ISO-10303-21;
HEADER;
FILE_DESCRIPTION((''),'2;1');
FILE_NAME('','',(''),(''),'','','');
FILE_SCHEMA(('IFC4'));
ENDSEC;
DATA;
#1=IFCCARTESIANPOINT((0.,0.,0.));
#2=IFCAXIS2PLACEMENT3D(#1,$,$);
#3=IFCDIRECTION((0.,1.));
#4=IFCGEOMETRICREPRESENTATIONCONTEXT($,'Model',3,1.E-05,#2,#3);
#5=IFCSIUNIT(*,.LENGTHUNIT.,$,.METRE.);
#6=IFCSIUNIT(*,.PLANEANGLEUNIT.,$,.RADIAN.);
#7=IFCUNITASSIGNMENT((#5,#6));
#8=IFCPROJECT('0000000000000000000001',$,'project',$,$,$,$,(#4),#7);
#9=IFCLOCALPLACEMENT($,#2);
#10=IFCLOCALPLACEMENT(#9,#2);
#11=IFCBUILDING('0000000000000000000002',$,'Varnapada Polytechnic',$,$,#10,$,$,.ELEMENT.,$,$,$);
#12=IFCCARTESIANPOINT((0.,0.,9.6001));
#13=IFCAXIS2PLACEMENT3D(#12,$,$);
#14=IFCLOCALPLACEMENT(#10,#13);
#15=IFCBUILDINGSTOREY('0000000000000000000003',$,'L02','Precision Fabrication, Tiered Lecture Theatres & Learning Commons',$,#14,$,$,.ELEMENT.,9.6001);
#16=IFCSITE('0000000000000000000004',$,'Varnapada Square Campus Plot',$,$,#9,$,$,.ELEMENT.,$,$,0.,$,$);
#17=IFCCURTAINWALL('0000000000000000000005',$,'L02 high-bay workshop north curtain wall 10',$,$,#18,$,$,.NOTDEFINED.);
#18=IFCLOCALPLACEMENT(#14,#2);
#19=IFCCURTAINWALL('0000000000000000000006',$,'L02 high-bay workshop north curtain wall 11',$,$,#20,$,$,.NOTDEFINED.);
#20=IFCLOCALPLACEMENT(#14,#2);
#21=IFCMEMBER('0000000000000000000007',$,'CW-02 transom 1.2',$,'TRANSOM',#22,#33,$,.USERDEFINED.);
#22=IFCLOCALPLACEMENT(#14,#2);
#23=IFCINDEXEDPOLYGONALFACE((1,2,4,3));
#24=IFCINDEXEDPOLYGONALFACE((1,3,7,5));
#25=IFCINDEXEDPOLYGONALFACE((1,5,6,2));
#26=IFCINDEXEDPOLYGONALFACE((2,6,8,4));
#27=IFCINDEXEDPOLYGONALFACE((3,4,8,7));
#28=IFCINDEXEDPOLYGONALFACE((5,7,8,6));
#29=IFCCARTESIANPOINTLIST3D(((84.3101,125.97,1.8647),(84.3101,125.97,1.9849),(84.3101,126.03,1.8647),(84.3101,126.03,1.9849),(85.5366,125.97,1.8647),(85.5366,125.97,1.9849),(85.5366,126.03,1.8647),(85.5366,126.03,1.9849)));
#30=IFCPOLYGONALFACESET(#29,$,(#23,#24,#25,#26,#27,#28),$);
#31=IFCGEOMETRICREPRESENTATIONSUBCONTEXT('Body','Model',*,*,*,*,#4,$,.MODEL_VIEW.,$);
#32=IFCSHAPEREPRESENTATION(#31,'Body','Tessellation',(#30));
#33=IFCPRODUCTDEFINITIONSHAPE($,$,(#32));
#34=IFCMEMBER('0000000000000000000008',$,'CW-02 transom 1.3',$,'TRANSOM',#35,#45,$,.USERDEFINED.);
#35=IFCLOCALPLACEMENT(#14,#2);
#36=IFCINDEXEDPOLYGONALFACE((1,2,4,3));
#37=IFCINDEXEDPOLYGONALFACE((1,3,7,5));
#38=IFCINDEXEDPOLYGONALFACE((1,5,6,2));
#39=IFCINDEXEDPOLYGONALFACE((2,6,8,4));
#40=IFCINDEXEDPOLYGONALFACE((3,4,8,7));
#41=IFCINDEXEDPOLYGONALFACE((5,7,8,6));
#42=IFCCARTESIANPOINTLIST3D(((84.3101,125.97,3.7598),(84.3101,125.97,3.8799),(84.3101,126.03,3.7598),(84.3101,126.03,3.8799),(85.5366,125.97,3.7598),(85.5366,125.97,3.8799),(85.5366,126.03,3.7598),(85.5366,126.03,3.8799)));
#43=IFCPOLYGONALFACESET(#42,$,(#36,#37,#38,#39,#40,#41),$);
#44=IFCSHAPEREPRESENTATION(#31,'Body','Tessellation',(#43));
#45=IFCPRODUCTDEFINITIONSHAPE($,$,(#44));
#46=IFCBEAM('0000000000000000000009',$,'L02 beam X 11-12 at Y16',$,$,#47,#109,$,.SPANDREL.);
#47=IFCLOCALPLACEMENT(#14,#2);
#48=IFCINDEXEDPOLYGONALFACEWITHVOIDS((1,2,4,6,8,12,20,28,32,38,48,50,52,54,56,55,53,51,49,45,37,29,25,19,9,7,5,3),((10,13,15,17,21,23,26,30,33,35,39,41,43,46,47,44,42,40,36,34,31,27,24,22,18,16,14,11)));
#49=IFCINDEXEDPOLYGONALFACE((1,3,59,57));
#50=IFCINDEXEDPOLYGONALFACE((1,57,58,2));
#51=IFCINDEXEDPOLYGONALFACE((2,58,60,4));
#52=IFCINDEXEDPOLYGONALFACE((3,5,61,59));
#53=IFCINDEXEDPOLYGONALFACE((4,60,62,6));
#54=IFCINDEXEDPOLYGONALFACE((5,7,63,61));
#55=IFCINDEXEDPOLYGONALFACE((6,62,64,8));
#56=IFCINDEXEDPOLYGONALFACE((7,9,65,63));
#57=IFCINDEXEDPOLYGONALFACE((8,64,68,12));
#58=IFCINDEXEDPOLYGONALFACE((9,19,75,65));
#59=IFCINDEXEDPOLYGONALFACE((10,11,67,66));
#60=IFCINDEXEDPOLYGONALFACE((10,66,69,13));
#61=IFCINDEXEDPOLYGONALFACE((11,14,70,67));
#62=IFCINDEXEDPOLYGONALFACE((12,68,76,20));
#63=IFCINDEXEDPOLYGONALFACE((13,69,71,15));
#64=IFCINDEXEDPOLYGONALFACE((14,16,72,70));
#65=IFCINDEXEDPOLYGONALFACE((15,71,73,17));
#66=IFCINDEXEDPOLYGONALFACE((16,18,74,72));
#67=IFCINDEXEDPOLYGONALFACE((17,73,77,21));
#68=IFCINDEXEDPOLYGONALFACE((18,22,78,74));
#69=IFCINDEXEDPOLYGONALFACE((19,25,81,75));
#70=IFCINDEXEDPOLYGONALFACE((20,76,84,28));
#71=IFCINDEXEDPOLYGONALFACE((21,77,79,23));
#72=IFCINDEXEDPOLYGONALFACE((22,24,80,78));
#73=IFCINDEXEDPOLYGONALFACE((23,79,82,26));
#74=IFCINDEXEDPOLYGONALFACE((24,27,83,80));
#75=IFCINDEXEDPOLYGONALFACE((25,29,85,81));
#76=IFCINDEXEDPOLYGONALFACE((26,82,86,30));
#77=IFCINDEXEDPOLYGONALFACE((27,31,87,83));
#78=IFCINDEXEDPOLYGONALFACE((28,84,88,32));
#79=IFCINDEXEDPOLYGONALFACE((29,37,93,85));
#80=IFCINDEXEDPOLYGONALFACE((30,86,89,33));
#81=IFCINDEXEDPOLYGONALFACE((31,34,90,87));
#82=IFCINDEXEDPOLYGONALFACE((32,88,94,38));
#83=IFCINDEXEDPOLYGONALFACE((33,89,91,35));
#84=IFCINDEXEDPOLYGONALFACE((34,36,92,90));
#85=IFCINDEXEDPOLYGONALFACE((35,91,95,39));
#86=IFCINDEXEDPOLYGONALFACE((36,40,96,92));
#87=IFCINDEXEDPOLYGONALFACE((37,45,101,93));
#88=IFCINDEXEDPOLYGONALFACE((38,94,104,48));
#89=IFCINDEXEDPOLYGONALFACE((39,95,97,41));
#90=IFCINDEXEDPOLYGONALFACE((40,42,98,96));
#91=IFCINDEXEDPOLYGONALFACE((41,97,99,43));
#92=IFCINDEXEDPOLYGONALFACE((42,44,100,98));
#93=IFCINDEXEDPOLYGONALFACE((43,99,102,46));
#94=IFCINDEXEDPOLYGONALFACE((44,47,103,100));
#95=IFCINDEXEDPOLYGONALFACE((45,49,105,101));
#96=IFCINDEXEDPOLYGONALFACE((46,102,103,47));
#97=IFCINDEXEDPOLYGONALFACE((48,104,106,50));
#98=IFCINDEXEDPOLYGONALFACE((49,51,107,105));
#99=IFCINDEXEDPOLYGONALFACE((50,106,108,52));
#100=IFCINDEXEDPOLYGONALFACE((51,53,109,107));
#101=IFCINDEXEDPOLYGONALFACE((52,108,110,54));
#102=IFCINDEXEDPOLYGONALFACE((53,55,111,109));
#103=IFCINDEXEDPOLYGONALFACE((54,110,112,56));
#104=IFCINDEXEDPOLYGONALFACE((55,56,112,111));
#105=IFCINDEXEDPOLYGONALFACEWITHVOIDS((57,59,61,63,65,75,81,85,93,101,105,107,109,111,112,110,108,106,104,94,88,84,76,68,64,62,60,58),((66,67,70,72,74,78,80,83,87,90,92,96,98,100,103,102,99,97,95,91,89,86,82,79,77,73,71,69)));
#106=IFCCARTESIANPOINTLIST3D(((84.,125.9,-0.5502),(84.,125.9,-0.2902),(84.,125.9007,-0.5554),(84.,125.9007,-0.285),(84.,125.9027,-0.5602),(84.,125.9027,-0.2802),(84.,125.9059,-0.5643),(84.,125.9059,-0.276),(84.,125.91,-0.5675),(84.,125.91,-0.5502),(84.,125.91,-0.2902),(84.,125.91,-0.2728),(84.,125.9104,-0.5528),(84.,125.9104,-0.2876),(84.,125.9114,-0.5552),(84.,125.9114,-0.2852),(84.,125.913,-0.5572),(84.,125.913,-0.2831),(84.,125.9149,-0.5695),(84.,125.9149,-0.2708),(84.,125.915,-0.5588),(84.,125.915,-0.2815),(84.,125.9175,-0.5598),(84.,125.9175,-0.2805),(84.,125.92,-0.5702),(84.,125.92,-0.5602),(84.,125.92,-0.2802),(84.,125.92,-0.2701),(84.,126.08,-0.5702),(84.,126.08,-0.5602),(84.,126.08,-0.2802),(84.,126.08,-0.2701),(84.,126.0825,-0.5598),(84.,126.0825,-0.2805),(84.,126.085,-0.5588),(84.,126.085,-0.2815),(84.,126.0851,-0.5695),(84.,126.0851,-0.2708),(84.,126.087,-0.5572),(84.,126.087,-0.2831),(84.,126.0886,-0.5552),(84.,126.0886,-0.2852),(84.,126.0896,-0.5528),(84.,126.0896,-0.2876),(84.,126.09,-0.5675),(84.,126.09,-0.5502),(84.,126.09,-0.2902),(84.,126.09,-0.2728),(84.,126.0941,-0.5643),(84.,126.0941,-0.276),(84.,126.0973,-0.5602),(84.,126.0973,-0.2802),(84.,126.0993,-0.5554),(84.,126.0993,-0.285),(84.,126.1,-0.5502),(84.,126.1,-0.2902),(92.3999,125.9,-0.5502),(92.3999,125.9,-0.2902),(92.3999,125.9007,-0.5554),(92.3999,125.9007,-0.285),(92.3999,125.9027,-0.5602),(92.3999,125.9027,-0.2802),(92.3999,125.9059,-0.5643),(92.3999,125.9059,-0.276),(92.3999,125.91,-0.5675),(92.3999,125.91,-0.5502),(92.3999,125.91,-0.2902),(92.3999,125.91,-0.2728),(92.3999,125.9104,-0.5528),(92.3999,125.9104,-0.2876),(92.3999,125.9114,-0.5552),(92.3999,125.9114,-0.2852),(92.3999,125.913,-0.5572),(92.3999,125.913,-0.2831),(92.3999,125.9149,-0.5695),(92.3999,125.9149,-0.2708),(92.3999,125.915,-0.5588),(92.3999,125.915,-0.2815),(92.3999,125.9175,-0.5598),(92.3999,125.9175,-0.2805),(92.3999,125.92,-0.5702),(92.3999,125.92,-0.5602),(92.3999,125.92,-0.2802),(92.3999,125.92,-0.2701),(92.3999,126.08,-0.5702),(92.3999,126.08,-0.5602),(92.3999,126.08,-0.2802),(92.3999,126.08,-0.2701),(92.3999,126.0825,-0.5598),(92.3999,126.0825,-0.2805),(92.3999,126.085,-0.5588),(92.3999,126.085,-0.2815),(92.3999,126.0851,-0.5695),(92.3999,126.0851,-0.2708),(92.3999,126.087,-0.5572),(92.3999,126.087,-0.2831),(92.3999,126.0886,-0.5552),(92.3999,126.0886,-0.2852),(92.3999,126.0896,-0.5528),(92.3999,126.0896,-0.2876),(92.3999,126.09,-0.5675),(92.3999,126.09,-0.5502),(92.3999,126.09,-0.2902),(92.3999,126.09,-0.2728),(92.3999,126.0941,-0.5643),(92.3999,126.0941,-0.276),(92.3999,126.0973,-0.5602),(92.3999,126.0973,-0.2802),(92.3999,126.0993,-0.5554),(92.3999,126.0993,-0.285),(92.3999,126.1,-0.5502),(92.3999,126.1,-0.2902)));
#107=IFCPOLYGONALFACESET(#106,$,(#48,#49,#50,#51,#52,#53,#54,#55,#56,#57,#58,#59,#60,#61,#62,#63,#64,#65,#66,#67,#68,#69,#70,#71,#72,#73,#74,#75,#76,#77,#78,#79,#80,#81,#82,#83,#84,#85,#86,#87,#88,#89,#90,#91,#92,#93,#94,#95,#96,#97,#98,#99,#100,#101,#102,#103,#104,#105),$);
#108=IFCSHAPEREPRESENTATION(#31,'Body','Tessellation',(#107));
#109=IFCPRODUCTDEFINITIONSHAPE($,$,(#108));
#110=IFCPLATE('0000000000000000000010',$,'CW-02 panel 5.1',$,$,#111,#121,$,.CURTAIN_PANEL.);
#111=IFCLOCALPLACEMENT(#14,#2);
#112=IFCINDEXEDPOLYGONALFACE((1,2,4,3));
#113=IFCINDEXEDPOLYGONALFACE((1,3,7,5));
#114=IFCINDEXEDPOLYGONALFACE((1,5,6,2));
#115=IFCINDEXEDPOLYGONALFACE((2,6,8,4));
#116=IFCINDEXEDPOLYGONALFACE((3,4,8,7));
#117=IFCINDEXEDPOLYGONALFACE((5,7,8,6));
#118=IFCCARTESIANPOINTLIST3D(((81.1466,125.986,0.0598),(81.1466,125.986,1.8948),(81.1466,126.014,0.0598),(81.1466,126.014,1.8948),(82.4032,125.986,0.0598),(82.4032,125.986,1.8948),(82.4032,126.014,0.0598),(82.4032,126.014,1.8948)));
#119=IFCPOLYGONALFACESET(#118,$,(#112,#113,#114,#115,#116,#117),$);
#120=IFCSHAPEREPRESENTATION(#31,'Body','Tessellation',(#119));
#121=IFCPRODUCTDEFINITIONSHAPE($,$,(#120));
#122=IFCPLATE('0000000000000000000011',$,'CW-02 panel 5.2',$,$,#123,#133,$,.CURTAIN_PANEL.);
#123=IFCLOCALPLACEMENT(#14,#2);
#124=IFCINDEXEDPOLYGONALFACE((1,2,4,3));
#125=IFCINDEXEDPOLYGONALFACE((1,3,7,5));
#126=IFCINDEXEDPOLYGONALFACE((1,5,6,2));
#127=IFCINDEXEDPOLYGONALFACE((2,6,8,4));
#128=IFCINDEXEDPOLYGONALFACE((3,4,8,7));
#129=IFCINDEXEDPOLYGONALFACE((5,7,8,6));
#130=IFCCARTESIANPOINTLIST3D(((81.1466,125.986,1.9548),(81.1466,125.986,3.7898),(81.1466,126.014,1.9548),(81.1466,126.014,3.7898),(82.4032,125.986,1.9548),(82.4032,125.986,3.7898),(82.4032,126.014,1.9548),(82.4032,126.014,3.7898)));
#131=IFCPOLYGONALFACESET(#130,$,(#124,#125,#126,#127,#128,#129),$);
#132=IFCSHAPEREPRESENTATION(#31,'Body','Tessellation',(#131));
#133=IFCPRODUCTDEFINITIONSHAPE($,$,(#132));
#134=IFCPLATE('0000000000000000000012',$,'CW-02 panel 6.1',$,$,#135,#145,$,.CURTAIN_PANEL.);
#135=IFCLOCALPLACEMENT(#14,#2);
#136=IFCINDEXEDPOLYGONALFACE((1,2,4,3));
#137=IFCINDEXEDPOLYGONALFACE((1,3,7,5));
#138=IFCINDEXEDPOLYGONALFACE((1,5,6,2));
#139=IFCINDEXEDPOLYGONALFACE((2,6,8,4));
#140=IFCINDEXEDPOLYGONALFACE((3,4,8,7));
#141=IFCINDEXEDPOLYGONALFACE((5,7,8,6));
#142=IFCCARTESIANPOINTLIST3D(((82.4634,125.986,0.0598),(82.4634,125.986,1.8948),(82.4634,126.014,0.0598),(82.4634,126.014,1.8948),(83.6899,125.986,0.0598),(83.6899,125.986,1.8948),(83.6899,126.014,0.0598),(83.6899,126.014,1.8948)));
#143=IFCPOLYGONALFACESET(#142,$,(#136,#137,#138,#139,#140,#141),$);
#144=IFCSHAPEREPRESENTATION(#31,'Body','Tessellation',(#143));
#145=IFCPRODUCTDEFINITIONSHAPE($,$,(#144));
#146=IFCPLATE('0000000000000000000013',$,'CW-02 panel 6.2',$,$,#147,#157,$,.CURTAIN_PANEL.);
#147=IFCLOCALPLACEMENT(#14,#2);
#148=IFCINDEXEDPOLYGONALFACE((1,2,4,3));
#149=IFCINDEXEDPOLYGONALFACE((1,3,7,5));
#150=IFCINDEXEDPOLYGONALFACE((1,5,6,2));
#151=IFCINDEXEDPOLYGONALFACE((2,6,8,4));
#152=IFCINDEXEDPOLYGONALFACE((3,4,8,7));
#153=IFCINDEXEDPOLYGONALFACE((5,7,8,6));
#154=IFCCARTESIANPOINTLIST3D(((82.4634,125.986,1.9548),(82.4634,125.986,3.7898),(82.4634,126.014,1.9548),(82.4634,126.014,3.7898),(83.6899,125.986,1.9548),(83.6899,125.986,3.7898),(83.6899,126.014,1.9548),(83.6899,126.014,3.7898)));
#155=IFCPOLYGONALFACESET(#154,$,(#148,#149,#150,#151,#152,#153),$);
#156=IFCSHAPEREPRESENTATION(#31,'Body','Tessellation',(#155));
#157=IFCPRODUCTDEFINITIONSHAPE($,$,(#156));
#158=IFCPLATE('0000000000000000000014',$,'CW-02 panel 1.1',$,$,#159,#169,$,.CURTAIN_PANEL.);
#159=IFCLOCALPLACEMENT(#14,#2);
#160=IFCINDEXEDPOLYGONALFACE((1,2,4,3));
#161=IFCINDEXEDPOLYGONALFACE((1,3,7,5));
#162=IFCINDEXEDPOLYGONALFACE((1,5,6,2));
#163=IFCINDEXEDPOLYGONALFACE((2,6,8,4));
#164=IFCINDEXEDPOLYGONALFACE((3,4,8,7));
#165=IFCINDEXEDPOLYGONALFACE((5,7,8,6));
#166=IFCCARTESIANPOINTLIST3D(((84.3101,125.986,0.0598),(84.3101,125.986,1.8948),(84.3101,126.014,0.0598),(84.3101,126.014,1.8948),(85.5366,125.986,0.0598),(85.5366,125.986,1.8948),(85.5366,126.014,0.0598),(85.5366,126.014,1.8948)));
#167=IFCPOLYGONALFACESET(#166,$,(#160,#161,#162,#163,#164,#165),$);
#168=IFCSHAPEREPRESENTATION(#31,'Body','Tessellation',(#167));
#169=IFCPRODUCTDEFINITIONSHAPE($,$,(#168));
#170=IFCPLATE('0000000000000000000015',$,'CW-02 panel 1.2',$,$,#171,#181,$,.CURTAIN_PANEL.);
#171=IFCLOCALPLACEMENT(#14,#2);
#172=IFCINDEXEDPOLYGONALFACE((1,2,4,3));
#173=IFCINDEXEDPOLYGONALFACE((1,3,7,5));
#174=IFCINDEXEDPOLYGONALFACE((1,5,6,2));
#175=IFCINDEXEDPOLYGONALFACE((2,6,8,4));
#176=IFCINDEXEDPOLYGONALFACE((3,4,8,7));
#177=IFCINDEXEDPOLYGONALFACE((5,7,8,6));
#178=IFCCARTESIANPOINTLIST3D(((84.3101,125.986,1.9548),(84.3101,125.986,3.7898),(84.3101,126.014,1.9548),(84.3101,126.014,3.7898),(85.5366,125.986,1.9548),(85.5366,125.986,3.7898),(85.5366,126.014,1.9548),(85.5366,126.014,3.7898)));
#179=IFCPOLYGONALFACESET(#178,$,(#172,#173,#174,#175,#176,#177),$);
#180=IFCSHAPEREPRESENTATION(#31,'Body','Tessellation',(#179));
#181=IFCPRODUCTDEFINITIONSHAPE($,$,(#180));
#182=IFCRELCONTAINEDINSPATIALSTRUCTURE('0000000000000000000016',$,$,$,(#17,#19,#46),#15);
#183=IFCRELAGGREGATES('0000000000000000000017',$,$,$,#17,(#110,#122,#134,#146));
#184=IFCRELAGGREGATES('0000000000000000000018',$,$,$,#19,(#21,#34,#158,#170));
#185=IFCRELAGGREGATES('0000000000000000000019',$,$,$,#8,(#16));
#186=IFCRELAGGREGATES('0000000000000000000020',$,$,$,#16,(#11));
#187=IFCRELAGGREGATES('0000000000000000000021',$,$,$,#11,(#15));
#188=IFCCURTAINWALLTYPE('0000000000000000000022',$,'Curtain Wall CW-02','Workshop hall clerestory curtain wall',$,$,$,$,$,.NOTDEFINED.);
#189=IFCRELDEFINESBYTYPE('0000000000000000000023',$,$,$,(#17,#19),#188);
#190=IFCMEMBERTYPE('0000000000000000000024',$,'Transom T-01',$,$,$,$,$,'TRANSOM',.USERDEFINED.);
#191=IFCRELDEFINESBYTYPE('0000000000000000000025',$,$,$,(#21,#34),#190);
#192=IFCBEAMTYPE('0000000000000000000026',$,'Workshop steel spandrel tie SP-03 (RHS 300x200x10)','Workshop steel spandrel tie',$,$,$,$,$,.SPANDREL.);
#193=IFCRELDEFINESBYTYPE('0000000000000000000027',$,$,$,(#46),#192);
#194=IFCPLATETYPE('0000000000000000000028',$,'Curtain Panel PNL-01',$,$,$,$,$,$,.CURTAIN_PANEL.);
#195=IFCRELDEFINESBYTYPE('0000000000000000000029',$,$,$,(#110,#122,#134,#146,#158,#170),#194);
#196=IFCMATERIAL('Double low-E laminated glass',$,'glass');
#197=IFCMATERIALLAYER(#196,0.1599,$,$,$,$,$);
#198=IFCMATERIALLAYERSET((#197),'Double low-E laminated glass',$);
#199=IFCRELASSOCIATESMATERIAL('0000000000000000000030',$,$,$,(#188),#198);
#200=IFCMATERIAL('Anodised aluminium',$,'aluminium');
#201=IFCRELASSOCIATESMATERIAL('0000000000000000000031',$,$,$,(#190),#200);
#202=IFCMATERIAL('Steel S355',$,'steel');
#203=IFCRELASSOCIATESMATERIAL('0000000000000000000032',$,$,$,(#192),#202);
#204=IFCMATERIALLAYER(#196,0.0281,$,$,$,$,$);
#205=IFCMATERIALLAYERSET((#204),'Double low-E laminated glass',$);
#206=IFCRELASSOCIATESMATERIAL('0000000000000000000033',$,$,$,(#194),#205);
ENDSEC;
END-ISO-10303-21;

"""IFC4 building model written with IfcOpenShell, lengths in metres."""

from ifc_helpers import new_model, si_unit, direction, frame, origin, origin_2d, place, context, subcontext, project, spatial, rectangle, hollow_rectangle, extrude, material, layer, layer_set, material_profile, profile_set, type_object, element, aggregate, save


model = new_model("IFC4")

# Units and contexts
model_context = context("Model", 3, precision=1e-05, world=origin(), true_north=direction((0.0, 1.0)))
body_context = subcontext(model_context, "Body", "Model", "MODEL_VIEW")
ifc_project = project(units=[si_unit("LENGTHUNIT", "METRE"), si_unit("PLANEANGLEUNIT", "RADIAN")], contexts=[model_context])

# Site, building, storey
site_placement = place(None, origin())
site = spatial("IfcSite", under=ifc_project, at=site_placement, Name="Varnapada Square Campus Plot", CompositionType="ELEMENT", RefElevation=0.0)
building_placement = place(site_placement, origin())
building = spatial("IfcBuilding", under=site, at=building_placement, Name="Varnapada Polytechnic", CompositionType="ELEMENT")
storey_placement = place(building_placement, frame((0.0, 0.0, 9.6001)))
storey = spatial("IfcBuildingStorey", under=building, at=storey_placement, Name="L02", Description="Precision Fabrication, Tiered Lecture Theatres & Learning Commons", CompositionType="ELEMENT", Elevation=9.6001)

# Shared definitions
ifc_material_1 = material(Name="Steel S355", Category="steel")

# Curtain walls
ifc_material_2 = material(Name="Double low-E laminated glass", Category="glass")
ifc_layer_1 = layer(ifc_material_2, 0.1599)
ifc_layer_set_1 = layer_set([ifc_layer_1], Name="Double low-E laminated glass")
curtain_wall_type = type_object("IfcCurtainWallType", Name="Curtain Wall CW-02", Description="Workshop hall clerestory curtain wall", PredefinedType="NOTDEFINED", material=ifc_layer_set_1)
curtain_wall_1_placement = place(storey_placement, origin())
curtain_wall_1 = element("IfcCurtainWall", 1, at=curtain_wall_1_placement, inside=storey, type_object=curtain_wall_type, Name="L02 high-bay workshop north curtain wall 10", PredefinedType="NOTDEFINED")
ifc_material_3 = material(Name="Anodised aluminium", Category="aluminium")
curtain_wall_2_placement = place(storey_placement, origin())
curtain_wall_2 = element("IfcCurtainWall", 2, at=curtain_wall_2_placement, inside=storey, type_object=curtain_wall_type, Name="L02 high-bay workshop north curtain wall 11", PredefinedType="NOTDEFINED")

# Members
ifc_material_profile_1 = material_profile(ifc_material_3, rectangle(XDim=0.0601, YDim=0.1201, at=origin_2d()), Name="ALU T60x120")
ifc_profile_set_1 = profile_set([ifc_material_profile_1], Name="Anodised aluminium")
member_type_1 = type_object("IfcMemberType", Name="Transom T-01", ElementType="TRANSOM", PredefinedType="USERDEFINED", material=ifc_profile_set_1)
member_1_placement = place(storey_placement, frame((84.3101, 126.0, 1.9248), z_axis=(1.0, 0.0, 0.0), x_axis=(0.0, 1.0, 0.0)))
member_1 = element("IfcMember", 3, at=member_1_placement, type_object=member_type_1, Name="CW-02 transom 1.2", ObjectType="TRANSOM", PredefinedType="USERDEFINED", context=body_context, shape_type="SweptSolid", body=[
    extrude(rectangle(XDim=0.0601, YDim=0.1201, at=origin_2d()), origin(), (0.0, 0.0, 1.0), 1.2266),
])
member_2_placement = place(storey_placement, frame((84.3101, 126.0, 3.8198), z_axis=(1.0, 0.0, 0.0), x_axis=(0.0, 1.0, 0.0)))
member_2 = element("IfcMember", 4, at=member_2_placement, type_object=member_type_1, Name="CW-02 transom 1.3", ObjectType="TRANSOM", PredefinedType="USERDEFINED", context=body_context, shape_type="SweptSolid", body=[
    extrude(rectangle(XDim=0.0601, YDim=0.1201, at=origin_2d()), origin(), (0.0, 0.0, 1.0), 1.2266),
])

# Beam
ifc_material_profile_2 = material_profile(ifc_material_1, hollow_rectangle(XDim=0.2, YDim=0.3, WallThickness=0.01, InnerFilletRadius=0.01, OuterFilletRadius=0.02, at=origin_2d()), Name="RHS 300x200x10")
ifc_profile_set_2 = profile_set([ifc_material_profile_2], Name="Steel S355")
beam_type = type_object("IfcBeamType", Name="Workshop steel spandrel tie SP-03 (RHS 300x200x10)", Description="Workshop steel spandrel tie", PredefinedType="SPANDREL", material=ifc_profile_set_2)
beam_placement = place(storey_placement, frame((84.0, 126.0, -0.4202), z_axis=(1.0, 0.0, 0.0), x_axis=(0.0, 1.0, 0.0)))
element("IfcBeam", 5, at=beam_placement, inside=storey, type_object=beam_type, Name="L02 beam X 11-12 at Y16", PredefinedType="SPANDREL", context=body_context, shape_type="SweptSolid", body=[
    extrude(hollow_rectangle(XDim=0.2, YDim=0.3, WallThickness=0.01, InnerFilletRadius=0.01, OuterFilletRadius=0.02, at=origin_2d()), origin(), (0.0, 0.0, 1.0), 8.3999),
])

# Plates
ifc_layer_2 = layer(ifc_material_2, 0.0281)
ifc_layer_set_2 = layer_set([ifc_layer_2], Name="Double low-E laminated glass")
plate_type = type_object("IfcPlateType", Name="Curtain Panel PNL-01", PredefinedType="CURTAIN_PANEL", material=ifc_layer_set_2)
plate_1_placement = place(storey_placement, frame((81.7749, 126.0, 0.0598), z_axis=(0.0, 0.0, 1.0), x_axis=(1.0, 0.0, 0.0)))
plate_1 = element("IfcPlate", 6, at=plate_1_placement, type_object=plate_type, Name="CW-02 panel 5.1", PredefinedType="CURTAIN_PANEL", context=body_context, shape_type="SweptSolid", body=[
    extrude(rectangle(XDim=1.2566, YDim=0.0281, at=origin_2d()), origin(), (0.0, 0.0, 1.0), 1.835),
])
plate_2_placement = place(storey_placement, frame((81.7749, 126.0, 1.9548), z_axis=(0.0, 0.0, 1.0), x_axis=(1.0, 0.0, 0.0)))
plate_2 = element("IfcPlate", 7, at=plate_2_placement, type_object=plate_type, Name="CW-02 panel 5.2", PredefinedType="CURTAIN_PANEL", context=body_context, shape_type="SweptSolid", body=[
    extrude(rectangle(XDim=1.2566, YDim=0.0281, at=origin_2d()), origin(), (0.0, 0.0, 1.0), 1.835),
])
plate_3_placement = place(storey_placement, frame((83.0767, 126.0, 0.0598), z_axis=(0.0, 0.0, 1.0), x_axis=(1.0, 0.0, 0.0)))
plate_3 = element("IfcPlate", 8, at=plate_3_placement, type_object=plate_type, Name="CW-02 panel 6.1", PredefinedType="CURTAIN_PANEL", context=body_context, shape_type="SweptSolid", body=[
    extrude(rectangle(XDim=1.2266, YDim=0.0281, at=origin_2d()), origin(), (0.0, 0.0, 1.0), 1.835),
])
plate_4_placement = place(storey_placement, frame((83.0767, 126.0, 1.9548), z_axis=(0.0, 0.0, 1.0), x_axis=(1.0, 0.0, 0.0)))
plate_4 = element("IfcPlate", 9, at=plate_4_placement, type_object=plate_type, Name="CW-02 panel 6.2", PredefinedType="CURTAIN_PANEL", context=body_context, shape_type="SweptSolid", body=[
    extrude(rectangle(XDim=1.2266, YDim=0.0281, at=origin_2d()), origin(), (0.0, 0.0, 1.0), 1.835),
])
aggregate(curtain_wall_1, [plate_1, plate_2, plate_3, plate_4])
plate_5_placement = place(storey_placement, frame((84.9233, 126.0, 0.0598), z_axis=(0.0, 0.0, 1.0), x_axis=(1.0, 0.0, 0.0)))
plate_5 = element("IfcPlate", 10, at=plate_5_placement, type_object=plate_type, Name="CW-02 panel 1.1", PredefinedType="CURTAIN_PANEL", context=body_context, shape_type="SweptSolid", body=[
    extrude(rectangle(XDim=1.2266, YDim=0.0281, at=origin_2d()), origin(), (0.0, 0.0, 1.0), 1.835),
])
plate_6_placement = place(storey_placement, frame((84.9233, 126.0, 1.9548), z_axis=(0.0, 0.0, 1.0), x_axis=(1.0, 0.0, 0.0)))
plate_6 = element("IfcPlate", 11, at=plate_6_placement, type_object=plate_type, Name="CW-02 panel 1.2", PredefinedType="CURTAIN_PANEL", context=body_context, shape_type="SweptSolid", body=[
    extrude(rectangle(XDim=1.2266, YDim=0.0281, at=origin_2d()), origin(), (0.0, 0.0, 1.0), 1.835),
])
aggregate(curtain_wall_2, [member_1, member_2, plate_5, plate_6])

save(model, "model.ifc")
